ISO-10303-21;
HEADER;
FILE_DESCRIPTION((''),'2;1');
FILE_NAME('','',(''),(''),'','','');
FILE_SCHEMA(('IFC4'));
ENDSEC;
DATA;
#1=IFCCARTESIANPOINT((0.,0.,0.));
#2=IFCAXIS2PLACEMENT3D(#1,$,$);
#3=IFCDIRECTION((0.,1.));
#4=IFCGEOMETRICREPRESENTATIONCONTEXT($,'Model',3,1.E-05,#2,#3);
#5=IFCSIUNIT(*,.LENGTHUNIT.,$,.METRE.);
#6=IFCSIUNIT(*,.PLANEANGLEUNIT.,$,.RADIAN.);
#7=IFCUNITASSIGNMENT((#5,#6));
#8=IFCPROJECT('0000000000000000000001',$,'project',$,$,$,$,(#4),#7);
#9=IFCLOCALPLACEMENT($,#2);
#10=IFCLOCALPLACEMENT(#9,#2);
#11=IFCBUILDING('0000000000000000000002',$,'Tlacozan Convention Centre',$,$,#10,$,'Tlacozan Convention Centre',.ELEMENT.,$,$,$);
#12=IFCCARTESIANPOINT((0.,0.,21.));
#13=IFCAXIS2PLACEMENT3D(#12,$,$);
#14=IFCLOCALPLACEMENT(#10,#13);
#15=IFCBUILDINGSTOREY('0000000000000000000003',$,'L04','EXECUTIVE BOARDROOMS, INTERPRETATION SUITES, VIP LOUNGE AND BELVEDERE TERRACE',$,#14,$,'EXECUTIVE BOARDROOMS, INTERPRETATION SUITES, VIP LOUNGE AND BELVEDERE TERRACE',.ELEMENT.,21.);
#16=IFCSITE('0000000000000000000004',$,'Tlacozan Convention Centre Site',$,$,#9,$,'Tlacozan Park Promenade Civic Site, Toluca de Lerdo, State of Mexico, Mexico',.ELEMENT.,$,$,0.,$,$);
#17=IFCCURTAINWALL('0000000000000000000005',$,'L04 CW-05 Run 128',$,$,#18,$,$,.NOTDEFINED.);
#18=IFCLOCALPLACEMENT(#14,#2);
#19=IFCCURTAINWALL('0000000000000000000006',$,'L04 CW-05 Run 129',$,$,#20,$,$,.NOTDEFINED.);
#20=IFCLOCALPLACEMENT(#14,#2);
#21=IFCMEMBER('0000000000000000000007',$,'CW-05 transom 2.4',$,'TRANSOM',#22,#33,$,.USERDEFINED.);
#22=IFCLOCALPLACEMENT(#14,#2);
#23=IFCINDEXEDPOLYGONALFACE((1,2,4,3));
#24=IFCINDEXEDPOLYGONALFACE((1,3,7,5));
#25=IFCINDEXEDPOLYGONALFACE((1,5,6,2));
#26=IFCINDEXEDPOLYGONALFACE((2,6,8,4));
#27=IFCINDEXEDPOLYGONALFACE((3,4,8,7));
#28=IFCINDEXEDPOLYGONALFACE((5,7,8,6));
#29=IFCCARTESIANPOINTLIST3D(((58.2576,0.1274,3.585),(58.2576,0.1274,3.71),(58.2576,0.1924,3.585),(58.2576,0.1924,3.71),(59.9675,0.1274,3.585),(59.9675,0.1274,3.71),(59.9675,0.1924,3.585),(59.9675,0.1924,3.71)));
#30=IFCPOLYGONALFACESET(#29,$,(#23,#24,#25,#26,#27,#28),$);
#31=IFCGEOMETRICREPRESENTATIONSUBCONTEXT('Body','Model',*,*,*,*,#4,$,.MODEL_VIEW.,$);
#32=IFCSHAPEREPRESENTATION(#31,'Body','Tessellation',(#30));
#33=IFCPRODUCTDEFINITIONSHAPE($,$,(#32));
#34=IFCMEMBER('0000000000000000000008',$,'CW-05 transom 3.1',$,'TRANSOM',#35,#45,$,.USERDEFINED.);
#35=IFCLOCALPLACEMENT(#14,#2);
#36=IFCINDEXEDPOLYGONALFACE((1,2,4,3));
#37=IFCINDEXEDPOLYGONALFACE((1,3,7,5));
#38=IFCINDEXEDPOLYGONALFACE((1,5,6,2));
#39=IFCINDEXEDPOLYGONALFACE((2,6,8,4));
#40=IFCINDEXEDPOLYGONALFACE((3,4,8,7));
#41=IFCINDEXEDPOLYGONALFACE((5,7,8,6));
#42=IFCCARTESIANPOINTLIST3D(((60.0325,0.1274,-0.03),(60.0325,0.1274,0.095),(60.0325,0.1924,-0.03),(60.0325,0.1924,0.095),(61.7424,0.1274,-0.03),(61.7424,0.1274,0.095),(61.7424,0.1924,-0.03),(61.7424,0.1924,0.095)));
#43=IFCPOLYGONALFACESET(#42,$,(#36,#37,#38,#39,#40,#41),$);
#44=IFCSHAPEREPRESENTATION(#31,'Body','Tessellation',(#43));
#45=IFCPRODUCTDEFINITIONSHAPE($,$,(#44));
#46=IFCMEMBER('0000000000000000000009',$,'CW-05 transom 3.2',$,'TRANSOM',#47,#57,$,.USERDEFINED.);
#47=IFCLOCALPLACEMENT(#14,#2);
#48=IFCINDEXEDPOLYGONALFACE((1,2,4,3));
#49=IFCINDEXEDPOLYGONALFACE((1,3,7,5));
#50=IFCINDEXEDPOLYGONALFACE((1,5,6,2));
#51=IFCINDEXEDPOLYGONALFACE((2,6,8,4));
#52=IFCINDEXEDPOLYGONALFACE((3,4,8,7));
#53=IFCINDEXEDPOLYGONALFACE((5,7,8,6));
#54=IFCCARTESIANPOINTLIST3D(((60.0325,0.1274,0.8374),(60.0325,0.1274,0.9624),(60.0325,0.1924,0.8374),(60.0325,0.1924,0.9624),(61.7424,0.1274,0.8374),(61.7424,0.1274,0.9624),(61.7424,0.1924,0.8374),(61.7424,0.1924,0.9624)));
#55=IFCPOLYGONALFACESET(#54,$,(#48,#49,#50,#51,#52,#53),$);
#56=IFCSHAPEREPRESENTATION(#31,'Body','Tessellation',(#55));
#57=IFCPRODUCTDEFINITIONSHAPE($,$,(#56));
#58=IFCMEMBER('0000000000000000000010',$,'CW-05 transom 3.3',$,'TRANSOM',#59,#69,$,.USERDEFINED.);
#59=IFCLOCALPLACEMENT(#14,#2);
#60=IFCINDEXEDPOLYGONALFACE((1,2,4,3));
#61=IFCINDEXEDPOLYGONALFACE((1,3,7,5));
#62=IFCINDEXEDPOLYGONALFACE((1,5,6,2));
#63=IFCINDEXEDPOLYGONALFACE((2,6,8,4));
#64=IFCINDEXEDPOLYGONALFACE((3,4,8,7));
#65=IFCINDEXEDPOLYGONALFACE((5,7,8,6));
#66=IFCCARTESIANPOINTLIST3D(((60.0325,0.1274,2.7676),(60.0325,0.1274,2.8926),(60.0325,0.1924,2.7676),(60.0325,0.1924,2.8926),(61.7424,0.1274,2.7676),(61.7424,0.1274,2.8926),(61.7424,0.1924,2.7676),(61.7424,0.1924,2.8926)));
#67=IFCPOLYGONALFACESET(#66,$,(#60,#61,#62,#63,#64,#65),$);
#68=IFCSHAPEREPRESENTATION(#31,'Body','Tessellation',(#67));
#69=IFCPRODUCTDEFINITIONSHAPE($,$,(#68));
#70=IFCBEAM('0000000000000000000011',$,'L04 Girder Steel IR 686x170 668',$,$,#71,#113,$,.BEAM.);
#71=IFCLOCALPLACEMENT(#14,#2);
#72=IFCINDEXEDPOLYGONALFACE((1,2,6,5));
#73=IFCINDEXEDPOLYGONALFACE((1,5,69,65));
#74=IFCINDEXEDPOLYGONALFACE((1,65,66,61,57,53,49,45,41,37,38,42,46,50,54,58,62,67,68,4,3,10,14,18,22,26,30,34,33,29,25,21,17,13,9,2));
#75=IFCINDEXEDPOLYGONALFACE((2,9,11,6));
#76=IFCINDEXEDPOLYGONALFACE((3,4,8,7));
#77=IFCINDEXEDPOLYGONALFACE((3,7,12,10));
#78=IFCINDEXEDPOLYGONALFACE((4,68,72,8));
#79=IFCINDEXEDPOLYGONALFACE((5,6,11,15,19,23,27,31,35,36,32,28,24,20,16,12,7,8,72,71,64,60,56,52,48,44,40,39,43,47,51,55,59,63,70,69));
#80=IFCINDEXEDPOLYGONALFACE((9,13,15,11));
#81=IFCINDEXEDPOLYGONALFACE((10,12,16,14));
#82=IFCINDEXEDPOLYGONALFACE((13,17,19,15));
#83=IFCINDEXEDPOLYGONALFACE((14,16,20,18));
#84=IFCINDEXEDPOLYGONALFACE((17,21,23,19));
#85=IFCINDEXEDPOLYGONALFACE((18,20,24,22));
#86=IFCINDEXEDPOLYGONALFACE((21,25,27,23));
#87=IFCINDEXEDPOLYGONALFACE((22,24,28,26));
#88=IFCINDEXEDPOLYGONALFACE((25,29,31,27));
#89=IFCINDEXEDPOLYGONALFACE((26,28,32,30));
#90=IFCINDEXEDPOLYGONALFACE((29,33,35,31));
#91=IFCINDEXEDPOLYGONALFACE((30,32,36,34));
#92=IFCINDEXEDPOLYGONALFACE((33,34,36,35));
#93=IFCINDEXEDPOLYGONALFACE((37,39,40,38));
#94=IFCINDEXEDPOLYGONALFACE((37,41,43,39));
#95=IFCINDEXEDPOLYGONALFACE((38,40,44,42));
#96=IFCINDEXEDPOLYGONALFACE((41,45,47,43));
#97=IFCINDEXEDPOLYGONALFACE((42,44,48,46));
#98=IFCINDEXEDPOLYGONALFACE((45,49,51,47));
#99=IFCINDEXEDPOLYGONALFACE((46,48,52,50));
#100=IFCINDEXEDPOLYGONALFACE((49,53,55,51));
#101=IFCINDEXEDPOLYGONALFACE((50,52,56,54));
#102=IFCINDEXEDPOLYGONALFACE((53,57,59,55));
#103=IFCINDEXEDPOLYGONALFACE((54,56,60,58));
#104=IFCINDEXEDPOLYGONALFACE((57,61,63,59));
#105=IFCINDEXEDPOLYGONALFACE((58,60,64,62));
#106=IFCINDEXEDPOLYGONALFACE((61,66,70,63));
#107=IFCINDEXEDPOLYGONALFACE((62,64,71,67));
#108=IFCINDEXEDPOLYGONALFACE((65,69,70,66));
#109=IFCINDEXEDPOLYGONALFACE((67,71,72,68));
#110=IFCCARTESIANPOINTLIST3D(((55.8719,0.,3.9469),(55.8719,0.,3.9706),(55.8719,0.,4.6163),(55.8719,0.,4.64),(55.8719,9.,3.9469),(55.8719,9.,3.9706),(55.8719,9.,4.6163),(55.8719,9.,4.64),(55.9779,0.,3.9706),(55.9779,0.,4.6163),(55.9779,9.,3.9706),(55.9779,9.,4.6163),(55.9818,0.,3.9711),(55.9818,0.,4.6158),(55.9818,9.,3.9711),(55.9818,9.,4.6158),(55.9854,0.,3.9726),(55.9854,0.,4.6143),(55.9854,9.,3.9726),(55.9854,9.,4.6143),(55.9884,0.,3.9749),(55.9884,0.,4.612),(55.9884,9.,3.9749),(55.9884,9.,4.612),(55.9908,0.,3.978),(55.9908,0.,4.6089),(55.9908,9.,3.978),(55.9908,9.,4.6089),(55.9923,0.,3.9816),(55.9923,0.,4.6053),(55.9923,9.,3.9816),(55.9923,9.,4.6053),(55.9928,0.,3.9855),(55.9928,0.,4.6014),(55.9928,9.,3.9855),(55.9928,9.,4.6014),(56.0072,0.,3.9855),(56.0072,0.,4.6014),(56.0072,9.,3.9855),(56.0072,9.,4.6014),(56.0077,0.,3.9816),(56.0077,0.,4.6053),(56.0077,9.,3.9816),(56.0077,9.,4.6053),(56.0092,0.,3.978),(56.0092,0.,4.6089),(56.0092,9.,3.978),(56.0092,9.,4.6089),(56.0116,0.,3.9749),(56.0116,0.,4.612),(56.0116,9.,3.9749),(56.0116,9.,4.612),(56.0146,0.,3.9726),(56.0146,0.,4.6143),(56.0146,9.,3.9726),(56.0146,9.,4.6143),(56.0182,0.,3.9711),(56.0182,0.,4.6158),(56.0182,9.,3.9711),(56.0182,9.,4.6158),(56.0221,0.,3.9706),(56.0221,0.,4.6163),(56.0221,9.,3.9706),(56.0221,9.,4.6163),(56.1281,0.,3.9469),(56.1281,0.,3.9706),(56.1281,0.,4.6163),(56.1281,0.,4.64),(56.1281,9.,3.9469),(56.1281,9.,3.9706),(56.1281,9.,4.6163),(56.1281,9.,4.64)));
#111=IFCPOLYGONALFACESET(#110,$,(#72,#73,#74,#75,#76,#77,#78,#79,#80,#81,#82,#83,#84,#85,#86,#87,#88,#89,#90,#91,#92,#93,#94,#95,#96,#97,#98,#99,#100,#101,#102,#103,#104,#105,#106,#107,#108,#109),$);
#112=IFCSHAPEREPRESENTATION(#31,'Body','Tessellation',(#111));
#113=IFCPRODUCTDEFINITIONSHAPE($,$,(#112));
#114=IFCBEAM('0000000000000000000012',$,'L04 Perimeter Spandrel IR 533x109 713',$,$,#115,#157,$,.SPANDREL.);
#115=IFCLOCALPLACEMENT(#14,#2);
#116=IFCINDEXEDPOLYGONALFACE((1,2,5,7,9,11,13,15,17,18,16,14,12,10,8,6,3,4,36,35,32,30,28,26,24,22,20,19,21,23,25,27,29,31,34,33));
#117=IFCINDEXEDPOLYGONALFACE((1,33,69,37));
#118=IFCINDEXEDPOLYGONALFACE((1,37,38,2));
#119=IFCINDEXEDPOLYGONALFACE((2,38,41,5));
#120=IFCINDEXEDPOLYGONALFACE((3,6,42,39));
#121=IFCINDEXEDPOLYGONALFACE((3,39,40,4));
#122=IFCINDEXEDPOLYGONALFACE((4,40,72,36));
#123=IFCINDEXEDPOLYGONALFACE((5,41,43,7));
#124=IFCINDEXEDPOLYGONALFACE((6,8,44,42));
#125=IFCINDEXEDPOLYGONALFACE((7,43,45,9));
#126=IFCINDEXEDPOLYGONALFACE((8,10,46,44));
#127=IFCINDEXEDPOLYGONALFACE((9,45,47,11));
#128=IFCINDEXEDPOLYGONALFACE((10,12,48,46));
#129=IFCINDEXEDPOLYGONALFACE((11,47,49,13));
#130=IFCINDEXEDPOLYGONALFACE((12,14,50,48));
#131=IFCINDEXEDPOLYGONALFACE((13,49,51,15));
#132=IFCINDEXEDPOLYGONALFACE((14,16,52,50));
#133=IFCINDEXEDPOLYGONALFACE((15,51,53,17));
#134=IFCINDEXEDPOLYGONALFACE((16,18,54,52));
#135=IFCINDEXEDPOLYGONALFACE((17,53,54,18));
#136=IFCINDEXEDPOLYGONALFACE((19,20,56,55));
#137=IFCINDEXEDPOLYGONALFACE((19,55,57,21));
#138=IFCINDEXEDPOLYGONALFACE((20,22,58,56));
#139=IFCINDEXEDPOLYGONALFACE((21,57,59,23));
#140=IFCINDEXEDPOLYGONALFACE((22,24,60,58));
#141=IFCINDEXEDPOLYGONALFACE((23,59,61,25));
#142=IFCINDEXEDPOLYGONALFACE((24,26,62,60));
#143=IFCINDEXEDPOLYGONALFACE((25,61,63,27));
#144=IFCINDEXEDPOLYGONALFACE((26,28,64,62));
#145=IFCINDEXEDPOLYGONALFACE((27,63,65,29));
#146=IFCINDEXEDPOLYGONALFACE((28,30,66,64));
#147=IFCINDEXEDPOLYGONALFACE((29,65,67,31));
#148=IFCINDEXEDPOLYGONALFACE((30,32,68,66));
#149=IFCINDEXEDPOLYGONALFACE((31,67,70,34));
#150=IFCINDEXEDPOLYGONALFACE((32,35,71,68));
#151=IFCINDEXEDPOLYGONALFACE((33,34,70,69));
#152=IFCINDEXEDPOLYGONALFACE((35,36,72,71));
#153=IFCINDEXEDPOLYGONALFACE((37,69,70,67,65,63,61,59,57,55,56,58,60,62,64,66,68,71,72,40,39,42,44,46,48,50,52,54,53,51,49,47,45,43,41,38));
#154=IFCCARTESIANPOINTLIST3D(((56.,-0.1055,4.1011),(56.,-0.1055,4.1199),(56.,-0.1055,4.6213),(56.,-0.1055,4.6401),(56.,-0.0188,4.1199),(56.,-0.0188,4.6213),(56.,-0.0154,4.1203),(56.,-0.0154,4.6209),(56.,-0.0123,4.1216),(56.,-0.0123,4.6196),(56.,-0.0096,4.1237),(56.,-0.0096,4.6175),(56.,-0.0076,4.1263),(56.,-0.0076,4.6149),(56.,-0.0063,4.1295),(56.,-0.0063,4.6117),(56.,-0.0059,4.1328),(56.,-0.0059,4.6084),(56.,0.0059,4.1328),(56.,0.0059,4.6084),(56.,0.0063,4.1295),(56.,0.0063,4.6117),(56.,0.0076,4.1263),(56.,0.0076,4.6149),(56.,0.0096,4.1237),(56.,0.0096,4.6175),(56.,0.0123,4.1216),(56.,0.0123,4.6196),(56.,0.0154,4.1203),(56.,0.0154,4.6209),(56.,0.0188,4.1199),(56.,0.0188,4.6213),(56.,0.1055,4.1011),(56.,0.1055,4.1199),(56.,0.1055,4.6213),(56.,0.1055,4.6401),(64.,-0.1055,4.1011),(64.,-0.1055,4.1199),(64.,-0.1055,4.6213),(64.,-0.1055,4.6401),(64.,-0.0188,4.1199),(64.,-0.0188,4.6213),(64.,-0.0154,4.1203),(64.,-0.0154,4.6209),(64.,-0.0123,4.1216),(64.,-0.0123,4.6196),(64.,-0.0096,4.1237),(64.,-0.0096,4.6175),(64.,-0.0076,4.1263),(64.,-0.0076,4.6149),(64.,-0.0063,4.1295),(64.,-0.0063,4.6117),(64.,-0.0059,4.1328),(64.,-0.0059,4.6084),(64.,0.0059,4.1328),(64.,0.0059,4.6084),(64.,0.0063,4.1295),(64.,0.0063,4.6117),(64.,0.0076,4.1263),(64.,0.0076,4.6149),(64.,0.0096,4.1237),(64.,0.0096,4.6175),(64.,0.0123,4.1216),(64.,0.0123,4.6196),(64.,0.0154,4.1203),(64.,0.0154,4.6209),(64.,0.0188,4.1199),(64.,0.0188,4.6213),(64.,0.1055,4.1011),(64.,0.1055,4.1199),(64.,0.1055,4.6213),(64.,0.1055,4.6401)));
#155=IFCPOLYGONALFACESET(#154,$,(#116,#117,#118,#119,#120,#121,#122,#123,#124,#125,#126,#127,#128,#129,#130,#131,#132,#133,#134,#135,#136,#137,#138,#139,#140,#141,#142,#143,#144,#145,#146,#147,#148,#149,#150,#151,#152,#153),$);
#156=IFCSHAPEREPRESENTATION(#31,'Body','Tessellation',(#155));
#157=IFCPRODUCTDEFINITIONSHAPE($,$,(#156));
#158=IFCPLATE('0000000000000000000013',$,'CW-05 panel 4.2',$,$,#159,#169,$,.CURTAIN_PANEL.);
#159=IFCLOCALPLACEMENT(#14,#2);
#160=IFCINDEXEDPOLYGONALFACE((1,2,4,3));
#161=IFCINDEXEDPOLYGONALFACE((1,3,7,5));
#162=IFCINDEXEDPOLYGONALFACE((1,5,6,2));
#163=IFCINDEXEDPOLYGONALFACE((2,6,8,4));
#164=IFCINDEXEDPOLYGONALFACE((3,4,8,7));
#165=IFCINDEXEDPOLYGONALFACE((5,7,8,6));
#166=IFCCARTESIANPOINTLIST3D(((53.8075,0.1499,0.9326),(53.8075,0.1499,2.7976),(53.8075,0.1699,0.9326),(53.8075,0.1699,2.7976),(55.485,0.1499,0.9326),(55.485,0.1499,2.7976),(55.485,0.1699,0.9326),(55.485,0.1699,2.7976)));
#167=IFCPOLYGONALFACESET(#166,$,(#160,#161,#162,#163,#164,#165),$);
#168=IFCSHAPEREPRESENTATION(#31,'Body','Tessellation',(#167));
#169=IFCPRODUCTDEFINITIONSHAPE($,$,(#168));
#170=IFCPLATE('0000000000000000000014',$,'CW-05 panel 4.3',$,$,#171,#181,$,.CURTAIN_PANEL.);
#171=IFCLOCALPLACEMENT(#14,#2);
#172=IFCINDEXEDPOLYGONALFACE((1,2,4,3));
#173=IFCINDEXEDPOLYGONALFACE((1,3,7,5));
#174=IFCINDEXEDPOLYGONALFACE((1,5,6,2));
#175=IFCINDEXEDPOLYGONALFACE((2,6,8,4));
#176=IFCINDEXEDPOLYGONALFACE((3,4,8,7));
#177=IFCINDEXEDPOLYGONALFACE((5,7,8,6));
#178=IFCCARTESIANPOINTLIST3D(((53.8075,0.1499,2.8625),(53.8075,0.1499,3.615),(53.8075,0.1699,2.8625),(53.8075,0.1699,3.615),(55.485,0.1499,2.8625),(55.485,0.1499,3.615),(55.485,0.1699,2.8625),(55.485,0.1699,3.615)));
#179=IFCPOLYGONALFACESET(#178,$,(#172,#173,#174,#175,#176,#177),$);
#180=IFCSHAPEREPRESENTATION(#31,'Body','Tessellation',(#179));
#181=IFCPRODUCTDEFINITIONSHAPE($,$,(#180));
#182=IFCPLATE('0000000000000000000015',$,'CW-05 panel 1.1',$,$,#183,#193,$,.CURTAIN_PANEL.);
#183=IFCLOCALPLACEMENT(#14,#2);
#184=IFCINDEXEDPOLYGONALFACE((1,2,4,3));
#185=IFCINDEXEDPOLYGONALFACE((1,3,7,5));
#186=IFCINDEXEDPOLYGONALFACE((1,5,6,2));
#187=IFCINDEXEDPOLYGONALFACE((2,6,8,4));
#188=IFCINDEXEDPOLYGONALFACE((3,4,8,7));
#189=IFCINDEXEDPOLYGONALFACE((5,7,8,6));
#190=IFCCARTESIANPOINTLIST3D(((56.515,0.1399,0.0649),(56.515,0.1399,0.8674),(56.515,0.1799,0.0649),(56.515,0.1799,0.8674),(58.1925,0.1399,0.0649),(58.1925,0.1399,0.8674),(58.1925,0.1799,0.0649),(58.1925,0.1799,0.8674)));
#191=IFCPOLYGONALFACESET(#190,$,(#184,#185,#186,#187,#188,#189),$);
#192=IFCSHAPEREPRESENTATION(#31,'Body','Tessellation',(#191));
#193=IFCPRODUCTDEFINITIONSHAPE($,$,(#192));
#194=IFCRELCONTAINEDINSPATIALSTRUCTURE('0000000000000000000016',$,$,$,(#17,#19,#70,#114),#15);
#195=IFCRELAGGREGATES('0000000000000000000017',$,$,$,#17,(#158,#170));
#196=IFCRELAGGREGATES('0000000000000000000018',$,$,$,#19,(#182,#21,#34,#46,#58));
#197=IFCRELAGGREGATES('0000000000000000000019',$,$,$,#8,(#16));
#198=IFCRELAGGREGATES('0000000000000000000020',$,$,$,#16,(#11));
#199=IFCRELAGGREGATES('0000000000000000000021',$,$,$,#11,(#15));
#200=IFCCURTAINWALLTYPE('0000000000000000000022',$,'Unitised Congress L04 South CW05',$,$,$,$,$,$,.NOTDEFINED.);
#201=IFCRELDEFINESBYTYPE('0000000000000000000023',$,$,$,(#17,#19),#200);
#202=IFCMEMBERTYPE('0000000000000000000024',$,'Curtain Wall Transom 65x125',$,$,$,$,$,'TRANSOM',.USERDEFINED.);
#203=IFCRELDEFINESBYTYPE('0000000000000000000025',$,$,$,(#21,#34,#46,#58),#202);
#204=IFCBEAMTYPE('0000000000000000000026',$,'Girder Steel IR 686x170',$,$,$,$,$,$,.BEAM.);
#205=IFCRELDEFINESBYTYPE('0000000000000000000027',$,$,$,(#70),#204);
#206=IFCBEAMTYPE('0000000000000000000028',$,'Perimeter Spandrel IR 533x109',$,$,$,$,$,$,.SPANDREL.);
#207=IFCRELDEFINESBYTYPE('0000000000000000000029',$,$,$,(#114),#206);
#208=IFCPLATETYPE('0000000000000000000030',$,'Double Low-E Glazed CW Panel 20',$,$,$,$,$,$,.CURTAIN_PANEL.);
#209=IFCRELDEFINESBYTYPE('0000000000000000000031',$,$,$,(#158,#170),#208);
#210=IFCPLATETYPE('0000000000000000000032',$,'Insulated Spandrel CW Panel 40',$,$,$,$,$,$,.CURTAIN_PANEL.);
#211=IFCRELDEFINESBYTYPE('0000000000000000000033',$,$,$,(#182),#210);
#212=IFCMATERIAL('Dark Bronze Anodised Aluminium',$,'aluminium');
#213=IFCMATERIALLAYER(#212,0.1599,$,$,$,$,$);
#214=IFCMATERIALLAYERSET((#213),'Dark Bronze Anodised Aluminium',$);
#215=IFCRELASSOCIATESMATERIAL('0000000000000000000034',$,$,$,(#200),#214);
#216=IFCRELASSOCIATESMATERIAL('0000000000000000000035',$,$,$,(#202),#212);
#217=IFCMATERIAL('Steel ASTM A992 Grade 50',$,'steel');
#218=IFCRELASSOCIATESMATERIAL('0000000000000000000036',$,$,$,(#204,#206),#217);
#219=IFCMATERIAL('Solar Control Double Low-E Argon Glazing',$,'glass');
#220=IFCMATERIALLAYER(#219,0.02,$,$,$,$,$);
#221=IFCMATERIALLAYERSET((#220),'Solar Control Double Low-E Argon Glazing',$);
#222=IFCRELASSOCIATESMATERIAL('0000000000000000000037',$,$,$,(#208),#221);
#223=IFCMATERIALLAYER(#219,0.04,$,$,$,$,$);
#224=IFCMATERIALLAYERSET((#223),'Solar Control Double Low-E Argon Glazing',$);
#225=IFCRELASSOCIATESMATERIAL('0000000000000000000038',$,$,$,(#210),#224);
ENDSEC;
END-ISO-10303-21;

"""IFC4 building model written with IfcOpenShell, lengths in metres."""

from ifc_helpers import new_model, si_unit, direction, frame, origin, origin_2d, place, context, subcontext, project, spatial, rectangle, i_section, extrude, material, layer, layer_set, material_profile, profile_set, type_object, element, aggregate, save


model = new_model("IFC4")

# Units and contexts
model_context = context("Model", 3, precision=1e-05, world=origin(), true_north=direction((0.0, 1.0)))
body_context = subcontext(model_context, "Body", "Model", "MODEL_VIEW")
ifc_project = project(units=[si_unit("LENGTHUNIT", "METRE"), si_unit("PLANEANGLEUNIT", "RADIAN")], contexts=[model_context])

# Site, building, storey
site_placement = place(None, origin())
site = spatial("IfcSite", under=ifc_project, at=site_placement, Name="Tlacozan Convention Centre Site", LongName="Tlacozan Park Promenade Civic Site, Toluca de Lerdo, State of Mexico, Mexico", CompositionType="ELEMENT", RefElevation=0.0)
building_placement = place(site_placement, origin())
building = spatial("IfcBuilding", under=site, at=building_placement, Name="Tlacozan Convention Centre", LongName="Tlacozan Convention Centre", CompositionType="ELEMENT")
storey_placement = place(building_placement, frame((0.0, 0.0, 21.0)))
storey = spatial("IfcBuildingStorey", under=building, at=storey_placement, Name="L04", Description="EXECUTIVE BOARDROOMS, INTERPRETATION SUITES, VIP LOUNGE AND BELVEDERE TERRACE", LongName="EXECUTIVE BOARDROOMS, INTERPRETATION SUITES, VIP LOUNGE AND BELVEDERE TERRACE", CompositionType="ELEMENT", Elevation=21.0)

# Curtain wall
ifc_material_1 = material(Name="Dark Bronze Anodised Aluminium", Category="aluminium")
ifc_layer_1 = layer(ifc_material_1, 0.1599)
ifc_layer_set_1 = layer_set([ifc_layer_1], Name="Dark Bronze Anodised Aluminium")
curtain_wall_type = type_object("IfcCurtainWallType", Name="Unitised Congress L04 South CW05", PredefinedType="NOTDEFINED", material=ifc_layer_set_1)
curtain_wall_1_placement = place(storey_placement, origin())
curtain_wall_1 = element("IfcCurtainWall", 1, at=curtain_wall_1_placement, inside=storey, type_object=curtain_wall_type, Name="L04 CW-05 Run 128", PredefinedType="NOTDEFINED")

# Curtain wall, members
curtain_wall_2_placement = place(storey_placement, origin())
curtain_wall_2 = element("IfcCurtainWall", 2, at=curtain_wall_2_placement, inside=storey, type_object=curtain_wall_type, Name="L04 CW-05 Run 129", PredefinedType="NOTDEFINED")
ifc_material_profile_1 = material_profile(ifc_material_1, rectangle(XDim=0.0649, YDim=0.125, at=origin_2d()), Name="ALU 65x125")
ifc_profile_set_1 = profile_set([ifc_material_profile_1], Name="Dark Bronze Anodised Aluminium")
member_type_1 = type_object("IfcMemberType", Name="Curtain Wall Transom 65x125", ElementType="TRANSOM", PredefinedType="USERDEFINED", material=ifc_profile_set_1)
member_1_placement = place(storey_placement, frame((58.2576, 0.1599, 3.6475), z_axis=(1.0, 0.0, 0.0), x_axis=(0.0, 1.0, 0.0)))
member_1 = element("IfcMember", 3, at=member_1_placement, type_object=member_type_1, Name="CW-05 transom 2.4", ObjectType="TRANSOM", PredefinedType="USERDEFINED", context=body_context, shape_type="SweptSolid", body=[
    extrude(rectangle(XDim=0.0649, YDim=0.125, at=origin_2d()), origin(), (0.0, 0.0, 1.0), 1.71),
])
member_2_placement = place(storey_placement, frame((60.0325, 0.1599, 0.0325), z_axis=(1.0, 0.0, 0.0), x_axis=(0.0, 1.0, 0.0)))
member_2 = element("IfcMember", 4, at=member_2_placement, type_object=member_type_1, Name="CW-05 transom 3.1", ObjectType="TRANSOM", PredefinedType="USERDEFINED", context=body_context, shape_type="SweptSolid", body=[
    extrude(rectangle(XDim=0.0649, YDim=0.125, at=origin_2d()), origin(), (0.0, 0.0, 1.0), 1.71),
])
member_3_placement = place(storey_placement, frame((60.0325, 0.1599, 0.8999), z_axis=(1.0, 0.0, 0.0), x_axis=(0.0, 1.0, 0.0)))
member_3 = element("IfcMember", 5, at=member_3_placement, type_object=member_type_1, Name="CW-05 transom 3.2", ObjectType="TRANSOM", PredefinedType="USERDEFINED", context=body_context, shape_type="SweptSolid", body=[
    extrude(rectangle(XDim=0.0649, YDim=0.125, at=origin_2d()), origin(), (0.0, 0.0, 1.0), 1.71),
])
member_4_placement = place(storey_placement, frame((60.0325, 0.1599, 2.8301), z_axis=(1.0, 0.0, 0.0), x_axis=(0.0, 1.0, 0.0)))
member_4 = element("IfcMember", 6, at=member_4_placement, type_object=member_type_1, Name="CW-05 transom 3.3", ObjectType="TRANSOM", PredefinedType="USERDEFINED", context=body_context, shape_type="SweptSolid", body=[
    extrude(rectangle(XDim=0.0649, YDim=0.125, at=origin_2d()), origin(), (0.0, 0.0, 1.0), 1.71),
])

# Beams
ifc_material_2 = material(Name="Steel ASTM A992 Grade 50", Category="steel")
ifc_material_profile_2 = material_profile(ifc_material_2, i_section(OverallWidth=0.2561, OverallDepth=0.6931, WebThickness=0.0144, FlangeThickness=0.0237, FilletRadius=0.0149, at=origin_2d()), Name="IR 686x170.0")
ifc_profile_set_2 = profile_set([ifc_material_profile_2], Name="Steel ASTM A992 Grade 50")
beam_type_1 = type_object("IfcBeamType", Name="Girder Steel IR 686x170", PredefinedType="BEAM", material=ifc_profile_set_2)
beam_1_placement = place(storey_placement, frame((56.0, 0.0, 4.2935), z_axis=(0.0, 1.0, 0.0), x_axis=(-1.0, 0.0, 0.0)))
element("IfcBeam", 7, at=beam_1_placement, inside=storey, type_object=beam_type_1, Name="L04 Girder Steel IR 686x170 668", PredefinedType="BEAM", context=body_context, shape_type="SweptSolid", body=[
    extrude(i_section(OverallWidth=0.2561, OverallDepth=0.6931, WebThickness=0.0144, FlangeThickness=0.0237, FilletRadius=0.0149, at=origin_2d()), origin(), (0.0, 0.0, 1.0), 9.0),
])
ifc_material_profile_3 = material_profile(ifc_material_2, i_section(OverallWidth=0.2109, OverallDepth=0.5391, WebThickness=0.0117, FlangeThickness=0.0188, FilletRadius=0.0129, at=origin_2d()), Name="IR 533x109.0")
ifc_profile_set_3 = profile_set([ifc_material_profile_3], Name="Steel ASTM A992 Grade 50")
beam_type_2 = type_object("IfcBeamType", Name="Perimeter Spandrel IR 533x109", PredefinedType="SPANDREL", material=ifc_profile_set_3)
beam_2_placement = place(storey_placement, frame((56.0, 0.0, 4.3706), z_axis=(1.0, 0.0, 0.0), x_axis=(0.0, 1.0, 0.0)))
element("IfcBeam", 8, at=beam_2_placement, inside=storey, type_object=beam_type_2, Name="L04 Perimeter Spandrel IR 533x109 713", PredefinedType="SPANDREL", context=body_context, shape_type="SweptSolid", body=[
    extrude(i_section(OverallWidth=0.2109, OverallDepth=0.5391, WebThickness=0.0117, FlangeThickness=0.0188, FilletRadius=0.0129, at=origin_2d()), origin(), (0.0, 0.0, 1.0), 8.0),
])

# Plates
ifc_material_3 = material(Name="Solar Control Double Low-E Argon Glazing", Category="glass")
ifc_layer_2 = layer(ifc_material_3, 0.02)
ifc_layer_set_2 = layer_set([ifc_layer_2], Name="Solar Control Double Low-E Argon Glazing")
plate_type_1 = type_object("IfcPlateType", Name="Double Low-E Glazed CW Panel 20", PredefinedType="CURTAIN_PANEL", material=ifc_layer_set_2)
plate_1_placement = place(storey_placement, frame((54.6462, 0.1599, 0.9326), z_axis=(0.0, 0.0, 1.0), x_axis=(1.0, 0.0, 0.0)))
plate_1 = element("IfcPlate", 9, at=plate_1_placement, type_object=plate_type_1, Name="CW-05 panel 4.2", PredefinedType="CURTAIN_PANEL", context=body_context, shape_type="SweptSolid", body=[
    extrude(rectangle(XDim=1.6775, YDim=0.02, at=origin_2d()), origin(), (0.0, 0.0, 1.0), 1.865),
])
plate_2_placement = place(storey_placement, frame((54.6462, 0.1599, 2.8625), z_axis=(0.0, 0.0, 1.0), x_axis=(1.0, 0.0, 0.0)))
plate_2 = element("IfcPlate", 10, at=plate_2_placement, type_object=plate_type_1, Name="CW-05 panel 4.3", PredefinedType="CURTAIN_PANEL", context=body_context, shape_type="SweptSolid", body=[
    extrude(rectangle(XDim=1.6775, YDim=0.02, at=origin_2d()), origin(), (0.0, 0.0, 1.0), 0.7524),
])
aggregate(curtain_wall_1, [plate_1, plate_2])
ifc_layer_3 = layer(ifc_material_3, 0.04)
ifc_layer_set_3 = layer_set([ifc_layer_3], Name="Solar Control Double Low-E Argon Glazing")
plate_type_2 = type_object("IfcPlateType", Name="Insulated Spandrel CW Panel 40", PredefinedType="CURTAIN_PANEL", material=ifc_layer_set_3)
plate_3_placement = place(storey_placement, frame((57.3538, 0.1599, 0.0649), z_axis=(0.0, 0.0, 1.0), x_axis=(1.0, 0.0, 0.0)))
plate_3 = element("IfcPlate", 11, at=plate_3_placement, type_object=plate_type_2, Name="CW-05 panel 1.1", PredefinedType="CURTAIN_PANEL", context=body_context, shape_type="SweptSolid", body=[
    extrude(rectangle(XDim=1.6775, YDim=0.04, at=origin_2d()), origin(), (0.0, 0.0, 1.0), 0.8025),
])
aggregate(curtain_wall_2, [plate_3, member_1, member_2, member_3, member_4])

save(model, "model.ifc")
